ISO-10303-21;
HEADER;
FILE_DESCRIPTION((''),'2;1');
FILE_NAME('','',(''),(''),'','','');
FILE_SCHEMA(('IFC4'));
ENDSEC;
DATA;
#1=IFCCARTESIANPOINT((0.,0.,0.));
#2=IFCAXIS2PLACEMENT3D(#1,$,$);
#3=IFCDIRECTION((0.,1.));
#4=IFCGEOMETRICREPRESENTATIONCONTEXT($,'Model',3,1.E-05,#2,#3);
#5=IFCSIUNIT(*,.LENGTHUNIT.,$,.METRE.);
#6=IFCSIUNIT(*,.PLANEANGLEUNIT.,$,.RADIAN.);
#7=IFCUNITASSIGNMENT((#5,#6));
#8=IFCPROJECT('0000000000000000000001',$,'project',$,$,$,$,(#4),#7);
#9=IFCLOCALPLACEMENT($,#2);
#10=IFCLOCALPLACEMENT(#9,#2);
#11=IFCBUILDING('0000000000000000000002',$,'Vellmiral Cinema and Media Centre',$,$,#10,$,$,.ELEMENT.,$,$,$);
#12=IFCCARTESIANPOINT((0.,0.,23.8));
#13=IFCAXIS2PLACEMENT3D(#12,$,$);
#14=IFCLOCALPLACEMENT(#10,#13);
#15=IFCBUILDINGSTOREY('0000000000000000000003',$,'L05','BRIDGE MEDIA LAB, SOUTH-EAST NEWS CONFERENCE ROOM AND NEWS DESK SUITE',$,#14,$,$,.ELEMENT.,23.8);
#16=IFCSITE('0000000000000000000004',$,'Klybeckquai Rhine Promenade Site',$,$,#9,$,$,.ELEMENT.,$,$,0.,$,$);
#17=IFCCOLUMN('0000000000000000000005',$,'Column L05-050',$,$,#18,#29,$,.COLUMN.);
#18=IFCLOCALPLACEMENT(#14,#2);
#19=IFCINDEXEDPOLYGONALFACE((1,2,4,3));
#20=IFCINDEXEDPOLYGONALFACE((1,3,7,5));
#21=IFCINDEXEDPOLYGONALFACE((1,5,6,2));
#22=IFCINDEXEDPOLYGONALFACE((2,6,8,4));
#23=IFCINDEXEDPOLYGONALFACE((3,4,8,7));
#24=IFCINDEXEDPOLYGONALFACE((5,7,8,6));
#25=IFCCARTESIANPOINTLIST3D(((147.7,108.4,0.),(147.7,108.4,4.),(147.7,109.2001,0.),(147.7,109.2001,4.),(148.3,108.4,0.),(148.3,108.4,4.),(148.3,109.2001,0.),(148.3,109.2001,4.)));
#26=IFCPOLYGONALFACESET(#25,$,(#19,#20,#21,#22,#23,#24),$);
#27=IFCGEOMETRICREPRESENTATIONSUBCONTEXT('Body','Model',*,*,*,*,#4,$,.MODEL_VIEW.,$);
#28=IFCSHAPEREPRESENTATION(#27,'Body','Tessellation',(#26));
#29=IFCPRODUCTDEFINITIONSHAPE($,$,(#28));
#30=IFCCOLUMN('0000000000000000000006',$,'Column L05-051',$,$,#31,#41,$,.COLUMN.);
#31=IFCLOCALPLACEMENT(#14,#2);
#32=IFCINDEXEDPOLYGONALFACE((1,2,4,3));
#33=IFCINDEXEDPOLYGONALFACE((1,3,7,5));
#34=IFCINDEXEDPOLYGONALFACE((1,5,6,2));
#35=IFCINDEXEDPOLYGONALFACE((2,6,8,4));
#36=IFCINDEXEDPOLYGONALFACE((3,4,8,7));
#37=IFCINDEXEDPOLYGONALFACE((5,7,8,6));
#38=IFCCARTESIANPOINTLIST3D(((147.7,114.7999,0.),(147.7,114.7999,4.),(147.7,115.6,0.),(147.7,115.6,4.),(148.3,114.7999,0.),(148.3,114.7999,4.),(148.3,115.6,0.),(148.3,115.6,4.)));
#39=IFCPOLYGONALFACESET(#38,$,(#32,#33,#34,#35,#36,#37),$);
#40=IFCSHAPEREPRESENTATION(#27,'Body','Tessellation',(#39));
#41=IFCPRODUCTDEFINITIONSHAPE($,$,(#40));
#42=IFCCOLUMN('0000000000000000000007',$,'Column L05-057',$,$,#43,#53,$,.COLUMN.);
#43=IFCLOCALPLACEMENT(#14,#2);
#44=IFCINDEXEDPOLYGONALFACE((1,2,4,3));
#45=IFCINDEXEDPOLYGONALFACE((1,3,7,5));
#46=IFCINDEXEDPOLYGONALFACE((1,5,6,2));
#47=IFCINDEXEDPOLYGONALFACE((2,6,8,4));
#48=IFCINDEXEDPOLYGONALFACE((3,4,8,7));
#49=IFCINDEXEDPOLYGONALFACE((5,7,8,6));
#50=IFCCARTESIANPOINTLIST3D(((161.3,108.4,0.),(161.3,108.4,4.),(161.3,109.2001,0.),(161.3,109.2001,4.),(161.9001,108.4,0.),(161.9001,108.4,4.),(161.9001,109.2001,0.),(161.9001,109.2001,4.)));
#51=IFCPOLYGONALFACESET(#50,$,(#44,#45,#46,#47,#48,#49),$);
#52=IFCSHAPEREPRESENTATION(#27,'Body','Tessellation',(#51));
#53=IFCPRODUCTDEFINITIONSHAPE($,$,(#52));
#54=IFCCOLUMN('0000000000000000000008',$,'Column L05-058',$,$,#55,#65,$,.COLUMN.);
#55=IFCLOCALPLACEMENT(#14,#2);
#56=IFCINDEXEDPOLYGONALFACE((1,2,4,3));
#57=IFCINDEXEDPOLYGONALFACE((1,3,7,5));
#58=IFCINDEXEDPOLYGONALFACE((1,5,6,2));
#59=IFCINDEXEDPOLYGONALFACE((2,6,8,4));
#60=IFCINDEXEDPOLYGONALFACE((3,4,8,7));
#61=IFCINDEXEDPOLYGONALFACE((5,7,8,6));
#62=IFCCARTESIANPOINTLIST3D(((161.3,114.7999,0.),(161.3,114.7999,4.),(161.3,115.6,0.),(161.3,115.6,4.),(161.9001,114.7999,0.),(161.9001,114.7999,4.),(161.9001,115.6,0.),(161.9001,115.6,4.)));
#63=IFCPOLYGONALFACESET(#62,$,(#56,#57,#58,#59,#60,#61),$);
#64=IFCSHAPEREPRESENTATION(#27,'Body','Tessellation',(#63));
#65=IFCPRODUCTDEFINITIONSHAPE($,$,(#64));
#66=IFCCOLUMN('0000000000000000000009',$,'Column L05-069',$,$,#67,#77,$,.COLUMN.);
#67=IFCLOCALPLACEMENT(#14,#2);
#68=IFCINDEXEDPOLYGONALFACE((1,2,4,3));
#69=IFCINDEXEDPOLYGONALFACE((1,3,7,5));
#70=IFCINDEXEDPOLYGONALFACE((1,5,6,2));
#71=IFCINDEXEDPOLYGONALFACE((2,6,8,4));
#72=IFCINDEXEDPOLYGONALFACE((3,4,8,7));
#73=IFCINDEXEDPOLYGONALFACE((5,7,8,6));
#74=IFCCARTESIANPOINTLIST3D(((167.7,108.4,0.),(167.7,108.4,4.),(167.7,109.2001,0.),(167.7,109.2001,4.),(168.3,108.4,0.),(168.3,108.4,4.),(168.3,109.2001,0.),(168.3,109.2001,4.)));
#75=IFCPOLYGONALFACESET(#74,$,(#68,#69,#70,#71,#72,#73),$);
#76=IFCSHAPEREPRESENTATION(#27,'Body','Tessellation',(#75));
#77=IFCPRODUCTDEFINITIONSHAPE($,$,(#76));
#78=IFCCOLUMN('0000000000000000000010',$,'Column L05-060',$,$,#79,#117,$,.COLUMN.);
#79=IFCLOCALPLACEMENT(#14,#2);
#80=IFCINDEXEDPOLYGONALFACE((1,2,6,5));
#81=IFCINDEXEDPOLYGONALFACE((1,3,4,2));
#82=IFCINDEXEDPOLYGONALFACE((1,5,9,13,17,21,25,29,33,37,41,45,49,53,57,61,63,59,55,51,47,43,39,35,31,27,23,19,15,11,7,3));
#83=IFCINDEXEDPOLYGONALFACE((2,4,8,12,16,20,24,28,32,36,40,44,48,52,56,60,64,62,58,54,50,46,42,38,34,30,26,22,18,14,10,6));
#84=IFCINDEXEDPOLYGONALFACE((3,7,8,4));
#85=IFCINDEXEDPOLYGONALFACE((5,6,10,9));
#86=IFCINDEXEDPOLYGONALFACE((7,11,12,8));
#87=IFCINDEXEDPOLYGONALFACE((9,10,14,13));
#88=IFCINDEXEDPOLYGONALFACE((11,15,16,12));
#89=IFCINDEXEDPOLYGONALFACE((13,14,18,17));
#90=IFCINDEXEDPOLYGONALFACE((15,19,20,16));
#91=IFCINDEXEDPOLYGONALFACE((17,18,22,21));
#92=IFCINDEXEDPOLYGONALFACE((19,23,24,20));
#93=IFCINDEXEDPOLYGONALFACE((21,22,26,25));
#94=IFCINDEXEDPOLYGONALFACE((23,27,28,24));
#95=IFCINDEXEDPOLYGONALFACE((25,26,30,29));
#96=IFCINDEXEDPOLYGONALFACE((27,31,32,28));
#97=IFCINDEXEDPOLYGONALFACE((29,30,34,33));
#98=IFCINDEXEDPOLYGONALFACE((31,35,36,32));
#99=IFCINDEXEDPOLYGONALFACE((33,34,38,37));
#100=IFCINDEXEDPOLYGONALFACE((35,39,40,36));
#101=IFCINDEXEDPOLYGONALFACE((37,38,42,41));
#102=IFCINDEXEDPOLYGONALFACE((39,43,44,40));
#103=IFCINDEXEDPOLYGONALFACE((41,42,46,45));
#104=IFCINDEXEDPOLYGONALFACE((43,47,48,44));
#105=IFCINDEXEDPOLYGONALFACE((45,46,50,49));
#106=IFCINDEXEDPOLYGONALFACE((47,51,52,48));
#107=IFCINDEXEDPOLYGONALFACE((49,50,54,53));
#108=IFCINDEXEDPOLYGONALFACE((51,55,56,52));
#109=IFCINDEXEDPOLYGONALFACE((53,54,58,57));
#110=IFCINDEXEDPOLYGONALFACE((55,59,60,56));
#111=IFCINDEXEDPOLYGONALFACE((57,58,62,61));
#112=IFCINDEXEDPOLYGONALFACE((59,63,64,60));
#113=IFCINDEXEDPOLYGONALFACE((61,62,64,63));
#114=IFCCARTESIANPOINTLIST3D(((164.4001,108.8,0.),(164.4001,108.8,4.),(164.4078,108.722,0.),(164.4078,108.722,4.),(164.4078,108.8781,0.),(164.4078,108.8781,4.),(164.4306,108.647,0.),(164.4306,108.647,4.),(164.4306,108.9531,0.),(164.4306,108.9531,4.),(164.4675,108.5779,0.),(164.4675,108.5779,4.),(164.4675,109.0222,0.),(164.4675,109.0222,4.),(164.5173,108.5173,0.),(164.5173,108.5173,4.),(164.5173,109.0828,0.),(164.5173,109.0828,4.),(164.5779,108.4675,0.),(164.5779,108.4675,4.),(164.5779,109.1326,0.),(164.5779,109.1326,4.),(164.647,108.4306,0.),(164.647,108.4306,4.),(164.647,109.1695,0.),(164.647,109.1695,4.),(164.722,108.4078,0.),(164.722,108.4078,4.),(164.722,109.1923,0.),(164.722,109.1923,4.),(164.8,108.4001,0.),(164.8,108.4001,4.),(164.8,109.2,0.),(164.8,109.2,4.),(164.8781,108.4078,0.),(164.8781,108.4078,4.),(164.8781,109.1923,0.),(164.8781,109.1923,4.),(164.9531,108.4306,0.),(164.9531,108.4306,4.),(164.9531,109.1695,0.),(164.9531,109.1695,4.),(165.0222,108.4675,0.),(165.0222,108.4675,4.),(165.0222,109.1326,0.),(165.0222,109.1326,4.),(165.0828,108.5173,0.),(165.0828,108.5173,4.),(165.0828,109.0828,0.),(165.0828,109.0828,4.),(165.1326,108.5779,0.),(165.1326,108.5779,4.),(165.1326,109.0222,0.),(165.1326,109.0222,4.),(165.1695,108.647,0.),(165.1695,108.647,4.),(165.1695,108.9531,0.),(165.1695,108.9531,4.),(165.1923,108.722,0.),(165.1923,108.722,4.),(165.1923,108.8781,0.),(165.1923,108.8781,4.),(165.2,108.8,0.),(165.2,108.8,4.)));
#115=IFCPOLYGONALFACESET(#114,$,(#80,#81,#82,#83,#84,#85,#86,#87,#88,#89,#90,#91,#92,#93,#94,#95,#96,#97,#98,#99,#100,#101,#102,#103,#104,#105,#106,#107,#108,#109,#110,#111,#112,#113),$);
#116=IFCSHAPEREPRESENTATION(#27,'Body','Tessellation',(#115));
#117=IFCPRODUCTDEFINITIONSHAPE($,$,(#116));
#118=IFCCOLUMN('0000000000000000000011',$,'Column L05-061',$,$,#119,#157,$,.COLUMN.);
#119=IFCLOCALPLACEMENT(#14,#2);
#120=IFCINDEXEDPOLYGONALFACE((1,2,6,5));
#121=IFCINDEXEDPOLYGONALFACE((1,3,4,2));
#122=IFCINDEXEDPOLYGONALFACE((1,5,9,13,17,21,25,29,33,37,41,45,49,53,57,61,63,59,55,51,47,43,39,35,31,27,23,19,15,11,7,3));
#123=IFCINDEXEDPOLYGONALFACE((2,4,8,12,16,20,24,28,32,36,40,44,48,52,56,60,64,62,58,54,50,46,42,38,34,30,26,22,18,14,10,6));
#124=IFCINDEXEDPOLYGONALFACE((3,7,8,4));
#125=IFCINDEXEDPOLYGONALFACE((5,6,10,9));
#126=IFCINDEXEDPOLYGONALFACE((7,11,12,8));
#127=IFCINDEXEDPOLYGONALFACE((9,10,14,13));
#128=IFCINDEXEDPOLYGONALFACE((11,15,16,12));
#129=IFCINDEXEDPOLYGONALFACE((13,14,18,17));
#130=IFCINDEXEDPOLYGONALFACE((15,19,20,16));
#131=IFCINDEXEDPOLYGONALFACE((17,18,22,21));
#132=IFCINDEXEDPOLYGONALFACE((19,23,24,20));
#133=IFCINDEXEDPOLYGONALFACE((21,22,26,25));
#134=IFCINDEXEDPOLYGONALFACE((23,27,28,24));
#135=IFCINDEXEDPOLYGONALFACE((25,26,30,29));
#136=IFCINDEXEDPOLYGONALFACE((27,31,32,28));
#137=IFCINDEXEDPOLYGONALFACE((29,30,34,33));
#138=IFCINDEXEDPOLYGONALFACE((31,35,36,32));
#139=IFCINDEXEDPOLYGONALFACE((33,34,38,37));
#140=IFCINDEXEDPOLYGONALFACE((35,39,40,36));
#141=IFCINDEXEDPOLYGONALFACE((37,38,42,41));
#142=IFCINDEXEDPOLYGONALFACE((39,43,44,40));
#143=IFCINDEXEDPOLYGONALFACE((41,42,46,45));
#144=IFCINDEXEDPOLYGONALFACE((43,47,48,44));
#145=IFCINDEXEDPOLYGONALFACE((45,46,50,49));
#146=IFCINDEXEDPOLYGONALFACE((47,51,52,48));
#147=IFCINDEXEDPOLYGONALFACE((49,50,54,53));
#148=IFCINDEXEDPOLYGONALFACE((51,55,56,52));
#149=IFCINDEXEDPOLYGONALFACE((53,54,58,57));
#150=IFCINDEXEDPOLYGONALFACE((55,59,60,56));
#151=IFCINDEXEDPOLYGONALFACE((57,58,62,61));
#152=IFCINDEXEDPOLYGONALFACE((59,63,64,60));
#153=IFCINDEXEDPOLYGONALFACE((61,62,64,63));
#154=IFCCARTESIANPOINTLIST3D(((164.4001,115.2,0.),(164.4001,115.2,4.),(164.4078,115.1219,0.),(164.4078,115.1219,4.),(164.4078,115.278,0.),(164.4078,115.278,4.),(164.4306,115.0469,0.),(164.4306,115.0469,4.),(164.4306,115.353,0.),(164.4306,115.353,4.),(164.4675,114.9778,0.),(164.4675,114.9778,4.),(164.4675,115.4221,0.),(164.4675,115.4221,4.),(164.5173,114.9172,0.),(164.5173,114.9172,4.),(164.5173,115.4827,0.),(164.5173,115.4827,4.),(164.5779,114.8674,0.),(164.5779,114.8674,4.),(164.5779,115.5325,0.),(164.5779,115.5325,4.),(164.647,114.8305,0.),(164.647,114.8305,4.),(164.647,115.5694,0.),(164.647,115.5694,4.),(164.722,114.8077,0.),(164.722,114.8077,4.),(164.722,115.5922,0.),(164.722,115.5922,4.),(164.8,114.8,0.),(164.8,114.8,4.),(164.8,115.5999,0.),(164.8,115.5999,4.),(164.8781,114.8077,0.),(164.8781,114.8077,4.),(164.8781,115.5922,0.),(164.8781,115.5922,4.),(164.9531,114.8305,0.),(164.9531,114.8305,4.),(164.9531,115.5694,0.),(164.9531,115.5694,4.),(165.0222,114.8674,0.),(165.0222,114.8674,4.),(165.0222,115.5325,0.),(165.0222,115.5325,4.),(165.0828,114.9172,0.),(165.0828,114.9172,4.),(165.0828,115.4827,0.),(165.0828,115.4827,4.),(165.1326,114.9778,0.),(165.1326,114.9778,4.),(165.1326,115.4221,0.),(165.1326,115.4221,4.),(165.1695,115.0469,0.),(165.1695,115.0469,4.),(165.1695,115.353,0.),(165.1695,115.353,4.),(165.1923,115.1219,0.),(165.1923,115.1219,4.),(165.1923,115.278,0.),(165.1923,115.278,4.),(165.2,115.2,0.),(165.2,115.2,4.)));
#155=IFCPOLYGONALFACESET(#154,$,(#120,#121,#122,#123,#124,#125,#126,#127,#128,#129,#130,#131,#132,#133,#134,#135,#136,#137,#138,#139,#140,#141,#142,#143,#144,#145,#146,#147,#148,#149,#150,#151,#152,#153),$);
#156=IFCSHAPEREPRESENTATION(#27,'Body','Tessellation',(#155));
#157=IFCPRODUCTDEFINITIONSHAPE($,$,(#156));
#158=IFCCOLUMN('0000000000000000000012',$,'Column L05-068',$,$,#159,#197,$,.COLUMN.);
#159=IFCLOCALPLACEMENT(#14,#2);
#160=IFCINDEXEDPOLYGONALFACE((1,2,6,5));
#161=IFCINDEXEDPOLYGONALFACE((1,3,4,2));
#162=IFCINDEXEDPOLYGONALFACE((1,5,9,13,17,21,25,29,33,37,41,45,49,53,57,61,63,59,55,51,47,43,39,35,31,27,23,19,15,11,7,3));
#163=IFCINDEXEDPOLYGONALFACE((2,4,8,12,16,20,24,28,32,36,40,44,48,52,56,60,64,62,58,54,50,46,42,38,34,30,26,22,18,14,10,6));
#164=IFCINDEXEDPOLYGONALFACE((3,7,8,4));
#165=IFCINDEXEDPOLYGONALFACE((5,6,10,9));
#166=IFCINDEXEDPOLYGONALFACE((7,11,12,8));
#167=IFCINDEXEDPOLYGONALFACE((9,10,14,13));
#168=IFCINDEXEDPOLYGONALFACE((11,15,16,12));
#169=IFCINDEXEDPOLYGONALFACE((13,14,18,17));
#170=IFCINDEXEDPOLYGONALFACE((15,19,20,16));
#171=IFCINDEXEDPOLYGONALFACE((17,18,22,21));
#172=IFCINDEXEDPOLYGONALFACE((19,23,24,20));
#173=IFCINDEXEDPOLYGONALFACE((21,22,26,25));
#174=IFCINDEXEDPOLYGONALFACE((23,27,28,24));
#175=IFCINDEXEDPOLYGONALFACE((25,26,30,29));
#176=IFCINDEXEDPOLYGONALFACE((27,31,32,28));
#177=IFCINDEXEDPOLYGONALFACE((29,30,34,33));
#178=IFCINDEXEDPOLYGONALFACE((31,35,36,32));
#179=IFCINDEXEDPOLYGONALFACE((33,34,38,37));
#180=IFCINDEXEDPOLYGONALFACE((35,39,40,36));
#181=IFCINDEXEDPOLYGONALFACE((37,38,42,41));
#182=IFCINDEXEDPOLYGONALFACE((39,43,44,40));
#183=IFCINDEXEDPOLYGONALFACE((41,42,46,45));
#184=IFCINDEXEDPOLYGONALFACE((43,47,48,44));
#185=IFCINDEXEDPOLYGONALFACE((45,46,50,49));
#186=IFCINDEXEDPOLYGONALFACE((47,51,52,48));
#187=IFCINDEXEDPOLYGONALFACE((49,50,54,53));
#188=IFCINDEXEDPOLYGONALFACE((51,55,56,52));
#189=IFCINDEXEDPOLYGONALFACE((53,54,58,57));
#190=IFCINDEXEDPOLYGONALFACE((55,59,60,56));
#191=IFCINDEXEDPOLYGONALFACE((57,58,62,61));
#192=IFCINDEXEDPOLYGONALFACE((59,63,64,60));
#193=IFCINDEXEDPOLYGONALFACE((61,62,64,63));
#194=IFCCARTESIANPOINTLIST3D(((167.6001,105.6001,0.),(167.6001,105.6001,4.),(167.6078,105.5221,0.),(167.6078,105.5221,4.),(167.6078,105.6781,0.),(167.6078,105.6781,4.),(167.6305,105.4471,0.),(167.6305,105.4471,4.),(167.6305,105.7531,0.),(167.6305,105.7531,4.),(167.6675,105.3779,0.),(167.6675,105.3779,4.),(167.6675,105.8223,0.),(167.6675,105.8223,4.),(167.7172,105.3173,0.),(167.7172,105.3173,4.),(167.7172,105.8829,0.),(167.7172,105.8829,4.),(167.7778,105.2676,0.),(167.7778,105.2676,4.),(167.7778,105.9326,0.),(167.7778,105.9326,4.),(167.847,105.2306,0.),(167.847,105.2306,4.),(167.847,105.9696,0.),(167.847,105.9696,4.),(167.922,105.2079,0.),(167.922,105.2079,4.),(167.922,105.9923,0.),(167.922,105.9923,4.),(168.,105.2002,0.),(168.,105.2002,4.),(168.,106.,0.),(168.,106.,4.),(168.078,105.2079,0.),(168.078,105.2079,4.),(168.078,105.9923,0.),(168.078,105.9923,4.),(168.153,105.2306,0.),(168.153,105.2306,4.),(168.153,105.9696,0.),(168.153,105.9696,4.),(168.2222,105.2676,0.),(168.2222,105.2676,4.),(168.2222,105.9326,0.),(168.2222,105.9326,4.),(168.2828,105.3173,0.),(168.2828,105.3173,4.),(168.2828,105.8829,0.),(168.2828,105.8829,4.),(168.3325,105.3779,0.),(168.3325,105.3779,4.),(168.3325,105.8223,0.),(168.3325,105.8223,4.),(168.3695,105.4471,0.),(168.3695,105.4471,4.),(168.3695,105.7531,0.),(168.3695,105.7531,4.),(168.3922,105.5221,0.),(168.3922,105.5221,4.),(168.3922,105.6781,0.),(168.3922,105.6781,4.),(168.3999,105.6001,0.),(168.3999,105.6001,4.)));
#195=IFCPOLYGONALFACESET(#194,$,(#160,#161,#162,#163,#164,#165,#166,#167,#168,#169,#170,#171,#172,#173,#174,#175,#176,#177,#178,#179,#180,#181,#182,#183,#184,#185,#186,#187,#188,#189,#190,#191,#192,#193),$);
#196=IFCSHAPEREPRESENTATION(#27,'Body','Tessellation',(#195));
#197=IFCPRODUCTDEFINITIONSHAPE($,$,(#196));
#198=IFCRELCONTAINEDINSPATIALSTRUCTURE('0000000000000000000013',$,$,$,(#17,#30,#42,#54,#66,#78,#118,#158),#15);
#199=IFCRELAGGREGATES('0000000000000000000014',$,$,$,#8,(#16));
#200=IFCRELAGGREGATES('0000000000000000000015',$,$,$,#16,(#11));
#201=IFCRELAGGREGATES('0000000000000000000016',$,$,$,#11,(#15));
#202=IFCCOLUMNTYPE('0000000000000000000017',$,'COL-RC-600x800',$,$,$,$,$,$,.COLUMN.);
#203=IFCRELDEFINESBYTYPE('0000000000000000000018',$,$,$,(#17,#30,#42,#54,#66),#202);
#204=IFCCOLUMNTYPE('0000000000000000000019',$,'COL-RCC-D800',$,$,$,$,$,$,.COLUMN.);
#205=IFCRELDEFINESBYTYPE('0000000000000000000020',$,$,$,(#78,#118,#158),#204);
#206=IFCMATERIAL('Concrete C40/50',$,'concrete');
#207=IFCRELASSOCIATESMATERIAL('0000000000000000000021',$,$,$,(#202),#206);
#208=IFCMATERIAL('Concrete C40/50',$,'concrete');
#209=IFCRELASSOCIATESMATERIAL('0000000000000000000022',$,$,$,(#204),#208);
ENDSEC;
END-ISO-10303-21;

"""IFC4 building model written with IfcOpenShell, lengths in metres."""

from ifc_helpers import new_model, si_unit, direction, frame, origin, origin_2d, place, context, subcontext, project, spatial, rectangle, circle, extrude, material, material_profile, profile_set, type_object, element, save


model = new_model("IFC4")

# Units and contexts
model_context = context("Model", 3, precision=1e-05, world=origin(), true_north=direction((0.0, 1.0)))
body_context = subcontext(model_context, "Body", "Model", "MODEL_VIEW")
ifc_project = project(units=[si_unit("LENGTHUNIT", "METRE"), si_unit("PLANEANGLEUNIT", "RADIAN")], contexts=[model_context])

# Site, building, storey
site_placement = place(None, origin())
site = spatial("IfcSite", under=ifc_project, at=site_placement, Name="Klybeckquai Rhine Promenade Site", CompositionType="ELEMENT", RefElevation=0.0)
building_placement = place(site_placement, origin())
building = spatial("IfcBuilding", under=site, at=building_placement, Name="Vellmiral Cinema and Media Centre", CompositionType="ELEMENT")
storey_placement = place(building_placement, frame((0.0, 0.0, 23.8)))
storey = spatial("IfcBuildingStorey", under=building, at=storey_placement, Name="L05", Description="BRIDGE MEDIA LAB, SOUTH-EAST NEWS CONFERENCE ROOM AND NEWS DESK SUITE", CompositionType="ELEMENT", Elevation=23.8)

# Columns
ifc_material_1 = material(Name="Concrete C40/50", Category="concrete")
ifc_material_profile_1 = material_profile(ifc_material_1, rectangle(XDim=0.6001, YDim=0.8, at=origin_2d()), Name="RC 600x800")
ifc_profile_set_1 = profile_set([ifc_material_profile_1], Name="Concrete C40/50")
column_type_1 = type_object("IfcColumnType", Name="COL-RC-600x800", PredefinedType="COLUMN", material=ifc_profile_set_1)
for number, where, z_axis, x_axis, name in (
    (1, (148.0, 108.8, 0.0), (0.0, 0.0, 1.0), (1.0, 0.0, 0.0), "Column L05-050"),
    (2, (148.0, 115.2, 0.0), (0.0, 0.0, 1.0), (1.0, 0.0, 0.0), "Column L05-051"),
    (3, (161.6001, 108.8, 0.0), (0.0, 0.0, 1.0), (1.0, 0.0, 0.0), "Column L05-057"),
    (4, (161.6001, 115.2, 0.0), (0.0, 0.0, 1.0), (1.0, 0.0, 0.0), "Column L05-058"),
    (5, (168.0, 108.8, 0.0), (0.0, 0.0, 1.0), (1.0, 0.0, 0.0), "Column L05-069"),
):
    element("IfcColumn", number, at=place(storey_placement, frame(where, z_axis=z_axis, x_axis=x_axis)), inside=storey, type_object=column_type_1, Name=name, PredefinedType="COLUMN", context=body_context, shape_type="SweptSolid", body=[
        extrude(rectangle(XDim=0.6001, YDim=0.8, at=origin_2d()), origin(), (0.0, 0.0, 1.0), 4.0),
    ])
ifc_material_2 = material(Name="Concrete C40/50", Category="concrete")
ifc_material_profile_2 = material_profile(ifc_material_2, circle(Radius=0.3999, at=origin_2d()), Name="RC D800")
ifc_profile_set_2 = profile_set([ifc_material_profile_2], Name="Concrete C40/50")
column_type_2 = type_object("IfcColumnType", Name="COL-RCC-D800", PredefinedType="COLUMN", material=ifc_profile_set_2)
for number, where, z_axis, x_axis, name in (
    (6, (164.8, 108.8, 0.0), (0.0, 0.0, 1.0), (1.0, 0.0, 0.0), "Column L05-060"),
    (7, (164.8, 115.2, 0.0), (0.0, 0.0, 1.0), (1.0, 0.0, 0.0), "Column L05-061"),
    (8, (168.0, 105.6001, 0.0), (0.0, 0.0, 1.0), (1.0, 0.0, 0.0), "Column L05-068"),
):
    element("IfcColumn", number, at=place(storey_placement, frame(where, z_axis=z_axis, x_axis=x_axis)), inside=storey, type_object=column_type_2, Name=name, PredefinedType="COLUMN", context=body_context, shape_type="SweptSolid", body=[
        extrude(circle(Radius=0.3999, at=origin_2d()), origin(), (0.0, 0.0, 1.0), 4.0),
    ])

save(model, "model.ifc")
